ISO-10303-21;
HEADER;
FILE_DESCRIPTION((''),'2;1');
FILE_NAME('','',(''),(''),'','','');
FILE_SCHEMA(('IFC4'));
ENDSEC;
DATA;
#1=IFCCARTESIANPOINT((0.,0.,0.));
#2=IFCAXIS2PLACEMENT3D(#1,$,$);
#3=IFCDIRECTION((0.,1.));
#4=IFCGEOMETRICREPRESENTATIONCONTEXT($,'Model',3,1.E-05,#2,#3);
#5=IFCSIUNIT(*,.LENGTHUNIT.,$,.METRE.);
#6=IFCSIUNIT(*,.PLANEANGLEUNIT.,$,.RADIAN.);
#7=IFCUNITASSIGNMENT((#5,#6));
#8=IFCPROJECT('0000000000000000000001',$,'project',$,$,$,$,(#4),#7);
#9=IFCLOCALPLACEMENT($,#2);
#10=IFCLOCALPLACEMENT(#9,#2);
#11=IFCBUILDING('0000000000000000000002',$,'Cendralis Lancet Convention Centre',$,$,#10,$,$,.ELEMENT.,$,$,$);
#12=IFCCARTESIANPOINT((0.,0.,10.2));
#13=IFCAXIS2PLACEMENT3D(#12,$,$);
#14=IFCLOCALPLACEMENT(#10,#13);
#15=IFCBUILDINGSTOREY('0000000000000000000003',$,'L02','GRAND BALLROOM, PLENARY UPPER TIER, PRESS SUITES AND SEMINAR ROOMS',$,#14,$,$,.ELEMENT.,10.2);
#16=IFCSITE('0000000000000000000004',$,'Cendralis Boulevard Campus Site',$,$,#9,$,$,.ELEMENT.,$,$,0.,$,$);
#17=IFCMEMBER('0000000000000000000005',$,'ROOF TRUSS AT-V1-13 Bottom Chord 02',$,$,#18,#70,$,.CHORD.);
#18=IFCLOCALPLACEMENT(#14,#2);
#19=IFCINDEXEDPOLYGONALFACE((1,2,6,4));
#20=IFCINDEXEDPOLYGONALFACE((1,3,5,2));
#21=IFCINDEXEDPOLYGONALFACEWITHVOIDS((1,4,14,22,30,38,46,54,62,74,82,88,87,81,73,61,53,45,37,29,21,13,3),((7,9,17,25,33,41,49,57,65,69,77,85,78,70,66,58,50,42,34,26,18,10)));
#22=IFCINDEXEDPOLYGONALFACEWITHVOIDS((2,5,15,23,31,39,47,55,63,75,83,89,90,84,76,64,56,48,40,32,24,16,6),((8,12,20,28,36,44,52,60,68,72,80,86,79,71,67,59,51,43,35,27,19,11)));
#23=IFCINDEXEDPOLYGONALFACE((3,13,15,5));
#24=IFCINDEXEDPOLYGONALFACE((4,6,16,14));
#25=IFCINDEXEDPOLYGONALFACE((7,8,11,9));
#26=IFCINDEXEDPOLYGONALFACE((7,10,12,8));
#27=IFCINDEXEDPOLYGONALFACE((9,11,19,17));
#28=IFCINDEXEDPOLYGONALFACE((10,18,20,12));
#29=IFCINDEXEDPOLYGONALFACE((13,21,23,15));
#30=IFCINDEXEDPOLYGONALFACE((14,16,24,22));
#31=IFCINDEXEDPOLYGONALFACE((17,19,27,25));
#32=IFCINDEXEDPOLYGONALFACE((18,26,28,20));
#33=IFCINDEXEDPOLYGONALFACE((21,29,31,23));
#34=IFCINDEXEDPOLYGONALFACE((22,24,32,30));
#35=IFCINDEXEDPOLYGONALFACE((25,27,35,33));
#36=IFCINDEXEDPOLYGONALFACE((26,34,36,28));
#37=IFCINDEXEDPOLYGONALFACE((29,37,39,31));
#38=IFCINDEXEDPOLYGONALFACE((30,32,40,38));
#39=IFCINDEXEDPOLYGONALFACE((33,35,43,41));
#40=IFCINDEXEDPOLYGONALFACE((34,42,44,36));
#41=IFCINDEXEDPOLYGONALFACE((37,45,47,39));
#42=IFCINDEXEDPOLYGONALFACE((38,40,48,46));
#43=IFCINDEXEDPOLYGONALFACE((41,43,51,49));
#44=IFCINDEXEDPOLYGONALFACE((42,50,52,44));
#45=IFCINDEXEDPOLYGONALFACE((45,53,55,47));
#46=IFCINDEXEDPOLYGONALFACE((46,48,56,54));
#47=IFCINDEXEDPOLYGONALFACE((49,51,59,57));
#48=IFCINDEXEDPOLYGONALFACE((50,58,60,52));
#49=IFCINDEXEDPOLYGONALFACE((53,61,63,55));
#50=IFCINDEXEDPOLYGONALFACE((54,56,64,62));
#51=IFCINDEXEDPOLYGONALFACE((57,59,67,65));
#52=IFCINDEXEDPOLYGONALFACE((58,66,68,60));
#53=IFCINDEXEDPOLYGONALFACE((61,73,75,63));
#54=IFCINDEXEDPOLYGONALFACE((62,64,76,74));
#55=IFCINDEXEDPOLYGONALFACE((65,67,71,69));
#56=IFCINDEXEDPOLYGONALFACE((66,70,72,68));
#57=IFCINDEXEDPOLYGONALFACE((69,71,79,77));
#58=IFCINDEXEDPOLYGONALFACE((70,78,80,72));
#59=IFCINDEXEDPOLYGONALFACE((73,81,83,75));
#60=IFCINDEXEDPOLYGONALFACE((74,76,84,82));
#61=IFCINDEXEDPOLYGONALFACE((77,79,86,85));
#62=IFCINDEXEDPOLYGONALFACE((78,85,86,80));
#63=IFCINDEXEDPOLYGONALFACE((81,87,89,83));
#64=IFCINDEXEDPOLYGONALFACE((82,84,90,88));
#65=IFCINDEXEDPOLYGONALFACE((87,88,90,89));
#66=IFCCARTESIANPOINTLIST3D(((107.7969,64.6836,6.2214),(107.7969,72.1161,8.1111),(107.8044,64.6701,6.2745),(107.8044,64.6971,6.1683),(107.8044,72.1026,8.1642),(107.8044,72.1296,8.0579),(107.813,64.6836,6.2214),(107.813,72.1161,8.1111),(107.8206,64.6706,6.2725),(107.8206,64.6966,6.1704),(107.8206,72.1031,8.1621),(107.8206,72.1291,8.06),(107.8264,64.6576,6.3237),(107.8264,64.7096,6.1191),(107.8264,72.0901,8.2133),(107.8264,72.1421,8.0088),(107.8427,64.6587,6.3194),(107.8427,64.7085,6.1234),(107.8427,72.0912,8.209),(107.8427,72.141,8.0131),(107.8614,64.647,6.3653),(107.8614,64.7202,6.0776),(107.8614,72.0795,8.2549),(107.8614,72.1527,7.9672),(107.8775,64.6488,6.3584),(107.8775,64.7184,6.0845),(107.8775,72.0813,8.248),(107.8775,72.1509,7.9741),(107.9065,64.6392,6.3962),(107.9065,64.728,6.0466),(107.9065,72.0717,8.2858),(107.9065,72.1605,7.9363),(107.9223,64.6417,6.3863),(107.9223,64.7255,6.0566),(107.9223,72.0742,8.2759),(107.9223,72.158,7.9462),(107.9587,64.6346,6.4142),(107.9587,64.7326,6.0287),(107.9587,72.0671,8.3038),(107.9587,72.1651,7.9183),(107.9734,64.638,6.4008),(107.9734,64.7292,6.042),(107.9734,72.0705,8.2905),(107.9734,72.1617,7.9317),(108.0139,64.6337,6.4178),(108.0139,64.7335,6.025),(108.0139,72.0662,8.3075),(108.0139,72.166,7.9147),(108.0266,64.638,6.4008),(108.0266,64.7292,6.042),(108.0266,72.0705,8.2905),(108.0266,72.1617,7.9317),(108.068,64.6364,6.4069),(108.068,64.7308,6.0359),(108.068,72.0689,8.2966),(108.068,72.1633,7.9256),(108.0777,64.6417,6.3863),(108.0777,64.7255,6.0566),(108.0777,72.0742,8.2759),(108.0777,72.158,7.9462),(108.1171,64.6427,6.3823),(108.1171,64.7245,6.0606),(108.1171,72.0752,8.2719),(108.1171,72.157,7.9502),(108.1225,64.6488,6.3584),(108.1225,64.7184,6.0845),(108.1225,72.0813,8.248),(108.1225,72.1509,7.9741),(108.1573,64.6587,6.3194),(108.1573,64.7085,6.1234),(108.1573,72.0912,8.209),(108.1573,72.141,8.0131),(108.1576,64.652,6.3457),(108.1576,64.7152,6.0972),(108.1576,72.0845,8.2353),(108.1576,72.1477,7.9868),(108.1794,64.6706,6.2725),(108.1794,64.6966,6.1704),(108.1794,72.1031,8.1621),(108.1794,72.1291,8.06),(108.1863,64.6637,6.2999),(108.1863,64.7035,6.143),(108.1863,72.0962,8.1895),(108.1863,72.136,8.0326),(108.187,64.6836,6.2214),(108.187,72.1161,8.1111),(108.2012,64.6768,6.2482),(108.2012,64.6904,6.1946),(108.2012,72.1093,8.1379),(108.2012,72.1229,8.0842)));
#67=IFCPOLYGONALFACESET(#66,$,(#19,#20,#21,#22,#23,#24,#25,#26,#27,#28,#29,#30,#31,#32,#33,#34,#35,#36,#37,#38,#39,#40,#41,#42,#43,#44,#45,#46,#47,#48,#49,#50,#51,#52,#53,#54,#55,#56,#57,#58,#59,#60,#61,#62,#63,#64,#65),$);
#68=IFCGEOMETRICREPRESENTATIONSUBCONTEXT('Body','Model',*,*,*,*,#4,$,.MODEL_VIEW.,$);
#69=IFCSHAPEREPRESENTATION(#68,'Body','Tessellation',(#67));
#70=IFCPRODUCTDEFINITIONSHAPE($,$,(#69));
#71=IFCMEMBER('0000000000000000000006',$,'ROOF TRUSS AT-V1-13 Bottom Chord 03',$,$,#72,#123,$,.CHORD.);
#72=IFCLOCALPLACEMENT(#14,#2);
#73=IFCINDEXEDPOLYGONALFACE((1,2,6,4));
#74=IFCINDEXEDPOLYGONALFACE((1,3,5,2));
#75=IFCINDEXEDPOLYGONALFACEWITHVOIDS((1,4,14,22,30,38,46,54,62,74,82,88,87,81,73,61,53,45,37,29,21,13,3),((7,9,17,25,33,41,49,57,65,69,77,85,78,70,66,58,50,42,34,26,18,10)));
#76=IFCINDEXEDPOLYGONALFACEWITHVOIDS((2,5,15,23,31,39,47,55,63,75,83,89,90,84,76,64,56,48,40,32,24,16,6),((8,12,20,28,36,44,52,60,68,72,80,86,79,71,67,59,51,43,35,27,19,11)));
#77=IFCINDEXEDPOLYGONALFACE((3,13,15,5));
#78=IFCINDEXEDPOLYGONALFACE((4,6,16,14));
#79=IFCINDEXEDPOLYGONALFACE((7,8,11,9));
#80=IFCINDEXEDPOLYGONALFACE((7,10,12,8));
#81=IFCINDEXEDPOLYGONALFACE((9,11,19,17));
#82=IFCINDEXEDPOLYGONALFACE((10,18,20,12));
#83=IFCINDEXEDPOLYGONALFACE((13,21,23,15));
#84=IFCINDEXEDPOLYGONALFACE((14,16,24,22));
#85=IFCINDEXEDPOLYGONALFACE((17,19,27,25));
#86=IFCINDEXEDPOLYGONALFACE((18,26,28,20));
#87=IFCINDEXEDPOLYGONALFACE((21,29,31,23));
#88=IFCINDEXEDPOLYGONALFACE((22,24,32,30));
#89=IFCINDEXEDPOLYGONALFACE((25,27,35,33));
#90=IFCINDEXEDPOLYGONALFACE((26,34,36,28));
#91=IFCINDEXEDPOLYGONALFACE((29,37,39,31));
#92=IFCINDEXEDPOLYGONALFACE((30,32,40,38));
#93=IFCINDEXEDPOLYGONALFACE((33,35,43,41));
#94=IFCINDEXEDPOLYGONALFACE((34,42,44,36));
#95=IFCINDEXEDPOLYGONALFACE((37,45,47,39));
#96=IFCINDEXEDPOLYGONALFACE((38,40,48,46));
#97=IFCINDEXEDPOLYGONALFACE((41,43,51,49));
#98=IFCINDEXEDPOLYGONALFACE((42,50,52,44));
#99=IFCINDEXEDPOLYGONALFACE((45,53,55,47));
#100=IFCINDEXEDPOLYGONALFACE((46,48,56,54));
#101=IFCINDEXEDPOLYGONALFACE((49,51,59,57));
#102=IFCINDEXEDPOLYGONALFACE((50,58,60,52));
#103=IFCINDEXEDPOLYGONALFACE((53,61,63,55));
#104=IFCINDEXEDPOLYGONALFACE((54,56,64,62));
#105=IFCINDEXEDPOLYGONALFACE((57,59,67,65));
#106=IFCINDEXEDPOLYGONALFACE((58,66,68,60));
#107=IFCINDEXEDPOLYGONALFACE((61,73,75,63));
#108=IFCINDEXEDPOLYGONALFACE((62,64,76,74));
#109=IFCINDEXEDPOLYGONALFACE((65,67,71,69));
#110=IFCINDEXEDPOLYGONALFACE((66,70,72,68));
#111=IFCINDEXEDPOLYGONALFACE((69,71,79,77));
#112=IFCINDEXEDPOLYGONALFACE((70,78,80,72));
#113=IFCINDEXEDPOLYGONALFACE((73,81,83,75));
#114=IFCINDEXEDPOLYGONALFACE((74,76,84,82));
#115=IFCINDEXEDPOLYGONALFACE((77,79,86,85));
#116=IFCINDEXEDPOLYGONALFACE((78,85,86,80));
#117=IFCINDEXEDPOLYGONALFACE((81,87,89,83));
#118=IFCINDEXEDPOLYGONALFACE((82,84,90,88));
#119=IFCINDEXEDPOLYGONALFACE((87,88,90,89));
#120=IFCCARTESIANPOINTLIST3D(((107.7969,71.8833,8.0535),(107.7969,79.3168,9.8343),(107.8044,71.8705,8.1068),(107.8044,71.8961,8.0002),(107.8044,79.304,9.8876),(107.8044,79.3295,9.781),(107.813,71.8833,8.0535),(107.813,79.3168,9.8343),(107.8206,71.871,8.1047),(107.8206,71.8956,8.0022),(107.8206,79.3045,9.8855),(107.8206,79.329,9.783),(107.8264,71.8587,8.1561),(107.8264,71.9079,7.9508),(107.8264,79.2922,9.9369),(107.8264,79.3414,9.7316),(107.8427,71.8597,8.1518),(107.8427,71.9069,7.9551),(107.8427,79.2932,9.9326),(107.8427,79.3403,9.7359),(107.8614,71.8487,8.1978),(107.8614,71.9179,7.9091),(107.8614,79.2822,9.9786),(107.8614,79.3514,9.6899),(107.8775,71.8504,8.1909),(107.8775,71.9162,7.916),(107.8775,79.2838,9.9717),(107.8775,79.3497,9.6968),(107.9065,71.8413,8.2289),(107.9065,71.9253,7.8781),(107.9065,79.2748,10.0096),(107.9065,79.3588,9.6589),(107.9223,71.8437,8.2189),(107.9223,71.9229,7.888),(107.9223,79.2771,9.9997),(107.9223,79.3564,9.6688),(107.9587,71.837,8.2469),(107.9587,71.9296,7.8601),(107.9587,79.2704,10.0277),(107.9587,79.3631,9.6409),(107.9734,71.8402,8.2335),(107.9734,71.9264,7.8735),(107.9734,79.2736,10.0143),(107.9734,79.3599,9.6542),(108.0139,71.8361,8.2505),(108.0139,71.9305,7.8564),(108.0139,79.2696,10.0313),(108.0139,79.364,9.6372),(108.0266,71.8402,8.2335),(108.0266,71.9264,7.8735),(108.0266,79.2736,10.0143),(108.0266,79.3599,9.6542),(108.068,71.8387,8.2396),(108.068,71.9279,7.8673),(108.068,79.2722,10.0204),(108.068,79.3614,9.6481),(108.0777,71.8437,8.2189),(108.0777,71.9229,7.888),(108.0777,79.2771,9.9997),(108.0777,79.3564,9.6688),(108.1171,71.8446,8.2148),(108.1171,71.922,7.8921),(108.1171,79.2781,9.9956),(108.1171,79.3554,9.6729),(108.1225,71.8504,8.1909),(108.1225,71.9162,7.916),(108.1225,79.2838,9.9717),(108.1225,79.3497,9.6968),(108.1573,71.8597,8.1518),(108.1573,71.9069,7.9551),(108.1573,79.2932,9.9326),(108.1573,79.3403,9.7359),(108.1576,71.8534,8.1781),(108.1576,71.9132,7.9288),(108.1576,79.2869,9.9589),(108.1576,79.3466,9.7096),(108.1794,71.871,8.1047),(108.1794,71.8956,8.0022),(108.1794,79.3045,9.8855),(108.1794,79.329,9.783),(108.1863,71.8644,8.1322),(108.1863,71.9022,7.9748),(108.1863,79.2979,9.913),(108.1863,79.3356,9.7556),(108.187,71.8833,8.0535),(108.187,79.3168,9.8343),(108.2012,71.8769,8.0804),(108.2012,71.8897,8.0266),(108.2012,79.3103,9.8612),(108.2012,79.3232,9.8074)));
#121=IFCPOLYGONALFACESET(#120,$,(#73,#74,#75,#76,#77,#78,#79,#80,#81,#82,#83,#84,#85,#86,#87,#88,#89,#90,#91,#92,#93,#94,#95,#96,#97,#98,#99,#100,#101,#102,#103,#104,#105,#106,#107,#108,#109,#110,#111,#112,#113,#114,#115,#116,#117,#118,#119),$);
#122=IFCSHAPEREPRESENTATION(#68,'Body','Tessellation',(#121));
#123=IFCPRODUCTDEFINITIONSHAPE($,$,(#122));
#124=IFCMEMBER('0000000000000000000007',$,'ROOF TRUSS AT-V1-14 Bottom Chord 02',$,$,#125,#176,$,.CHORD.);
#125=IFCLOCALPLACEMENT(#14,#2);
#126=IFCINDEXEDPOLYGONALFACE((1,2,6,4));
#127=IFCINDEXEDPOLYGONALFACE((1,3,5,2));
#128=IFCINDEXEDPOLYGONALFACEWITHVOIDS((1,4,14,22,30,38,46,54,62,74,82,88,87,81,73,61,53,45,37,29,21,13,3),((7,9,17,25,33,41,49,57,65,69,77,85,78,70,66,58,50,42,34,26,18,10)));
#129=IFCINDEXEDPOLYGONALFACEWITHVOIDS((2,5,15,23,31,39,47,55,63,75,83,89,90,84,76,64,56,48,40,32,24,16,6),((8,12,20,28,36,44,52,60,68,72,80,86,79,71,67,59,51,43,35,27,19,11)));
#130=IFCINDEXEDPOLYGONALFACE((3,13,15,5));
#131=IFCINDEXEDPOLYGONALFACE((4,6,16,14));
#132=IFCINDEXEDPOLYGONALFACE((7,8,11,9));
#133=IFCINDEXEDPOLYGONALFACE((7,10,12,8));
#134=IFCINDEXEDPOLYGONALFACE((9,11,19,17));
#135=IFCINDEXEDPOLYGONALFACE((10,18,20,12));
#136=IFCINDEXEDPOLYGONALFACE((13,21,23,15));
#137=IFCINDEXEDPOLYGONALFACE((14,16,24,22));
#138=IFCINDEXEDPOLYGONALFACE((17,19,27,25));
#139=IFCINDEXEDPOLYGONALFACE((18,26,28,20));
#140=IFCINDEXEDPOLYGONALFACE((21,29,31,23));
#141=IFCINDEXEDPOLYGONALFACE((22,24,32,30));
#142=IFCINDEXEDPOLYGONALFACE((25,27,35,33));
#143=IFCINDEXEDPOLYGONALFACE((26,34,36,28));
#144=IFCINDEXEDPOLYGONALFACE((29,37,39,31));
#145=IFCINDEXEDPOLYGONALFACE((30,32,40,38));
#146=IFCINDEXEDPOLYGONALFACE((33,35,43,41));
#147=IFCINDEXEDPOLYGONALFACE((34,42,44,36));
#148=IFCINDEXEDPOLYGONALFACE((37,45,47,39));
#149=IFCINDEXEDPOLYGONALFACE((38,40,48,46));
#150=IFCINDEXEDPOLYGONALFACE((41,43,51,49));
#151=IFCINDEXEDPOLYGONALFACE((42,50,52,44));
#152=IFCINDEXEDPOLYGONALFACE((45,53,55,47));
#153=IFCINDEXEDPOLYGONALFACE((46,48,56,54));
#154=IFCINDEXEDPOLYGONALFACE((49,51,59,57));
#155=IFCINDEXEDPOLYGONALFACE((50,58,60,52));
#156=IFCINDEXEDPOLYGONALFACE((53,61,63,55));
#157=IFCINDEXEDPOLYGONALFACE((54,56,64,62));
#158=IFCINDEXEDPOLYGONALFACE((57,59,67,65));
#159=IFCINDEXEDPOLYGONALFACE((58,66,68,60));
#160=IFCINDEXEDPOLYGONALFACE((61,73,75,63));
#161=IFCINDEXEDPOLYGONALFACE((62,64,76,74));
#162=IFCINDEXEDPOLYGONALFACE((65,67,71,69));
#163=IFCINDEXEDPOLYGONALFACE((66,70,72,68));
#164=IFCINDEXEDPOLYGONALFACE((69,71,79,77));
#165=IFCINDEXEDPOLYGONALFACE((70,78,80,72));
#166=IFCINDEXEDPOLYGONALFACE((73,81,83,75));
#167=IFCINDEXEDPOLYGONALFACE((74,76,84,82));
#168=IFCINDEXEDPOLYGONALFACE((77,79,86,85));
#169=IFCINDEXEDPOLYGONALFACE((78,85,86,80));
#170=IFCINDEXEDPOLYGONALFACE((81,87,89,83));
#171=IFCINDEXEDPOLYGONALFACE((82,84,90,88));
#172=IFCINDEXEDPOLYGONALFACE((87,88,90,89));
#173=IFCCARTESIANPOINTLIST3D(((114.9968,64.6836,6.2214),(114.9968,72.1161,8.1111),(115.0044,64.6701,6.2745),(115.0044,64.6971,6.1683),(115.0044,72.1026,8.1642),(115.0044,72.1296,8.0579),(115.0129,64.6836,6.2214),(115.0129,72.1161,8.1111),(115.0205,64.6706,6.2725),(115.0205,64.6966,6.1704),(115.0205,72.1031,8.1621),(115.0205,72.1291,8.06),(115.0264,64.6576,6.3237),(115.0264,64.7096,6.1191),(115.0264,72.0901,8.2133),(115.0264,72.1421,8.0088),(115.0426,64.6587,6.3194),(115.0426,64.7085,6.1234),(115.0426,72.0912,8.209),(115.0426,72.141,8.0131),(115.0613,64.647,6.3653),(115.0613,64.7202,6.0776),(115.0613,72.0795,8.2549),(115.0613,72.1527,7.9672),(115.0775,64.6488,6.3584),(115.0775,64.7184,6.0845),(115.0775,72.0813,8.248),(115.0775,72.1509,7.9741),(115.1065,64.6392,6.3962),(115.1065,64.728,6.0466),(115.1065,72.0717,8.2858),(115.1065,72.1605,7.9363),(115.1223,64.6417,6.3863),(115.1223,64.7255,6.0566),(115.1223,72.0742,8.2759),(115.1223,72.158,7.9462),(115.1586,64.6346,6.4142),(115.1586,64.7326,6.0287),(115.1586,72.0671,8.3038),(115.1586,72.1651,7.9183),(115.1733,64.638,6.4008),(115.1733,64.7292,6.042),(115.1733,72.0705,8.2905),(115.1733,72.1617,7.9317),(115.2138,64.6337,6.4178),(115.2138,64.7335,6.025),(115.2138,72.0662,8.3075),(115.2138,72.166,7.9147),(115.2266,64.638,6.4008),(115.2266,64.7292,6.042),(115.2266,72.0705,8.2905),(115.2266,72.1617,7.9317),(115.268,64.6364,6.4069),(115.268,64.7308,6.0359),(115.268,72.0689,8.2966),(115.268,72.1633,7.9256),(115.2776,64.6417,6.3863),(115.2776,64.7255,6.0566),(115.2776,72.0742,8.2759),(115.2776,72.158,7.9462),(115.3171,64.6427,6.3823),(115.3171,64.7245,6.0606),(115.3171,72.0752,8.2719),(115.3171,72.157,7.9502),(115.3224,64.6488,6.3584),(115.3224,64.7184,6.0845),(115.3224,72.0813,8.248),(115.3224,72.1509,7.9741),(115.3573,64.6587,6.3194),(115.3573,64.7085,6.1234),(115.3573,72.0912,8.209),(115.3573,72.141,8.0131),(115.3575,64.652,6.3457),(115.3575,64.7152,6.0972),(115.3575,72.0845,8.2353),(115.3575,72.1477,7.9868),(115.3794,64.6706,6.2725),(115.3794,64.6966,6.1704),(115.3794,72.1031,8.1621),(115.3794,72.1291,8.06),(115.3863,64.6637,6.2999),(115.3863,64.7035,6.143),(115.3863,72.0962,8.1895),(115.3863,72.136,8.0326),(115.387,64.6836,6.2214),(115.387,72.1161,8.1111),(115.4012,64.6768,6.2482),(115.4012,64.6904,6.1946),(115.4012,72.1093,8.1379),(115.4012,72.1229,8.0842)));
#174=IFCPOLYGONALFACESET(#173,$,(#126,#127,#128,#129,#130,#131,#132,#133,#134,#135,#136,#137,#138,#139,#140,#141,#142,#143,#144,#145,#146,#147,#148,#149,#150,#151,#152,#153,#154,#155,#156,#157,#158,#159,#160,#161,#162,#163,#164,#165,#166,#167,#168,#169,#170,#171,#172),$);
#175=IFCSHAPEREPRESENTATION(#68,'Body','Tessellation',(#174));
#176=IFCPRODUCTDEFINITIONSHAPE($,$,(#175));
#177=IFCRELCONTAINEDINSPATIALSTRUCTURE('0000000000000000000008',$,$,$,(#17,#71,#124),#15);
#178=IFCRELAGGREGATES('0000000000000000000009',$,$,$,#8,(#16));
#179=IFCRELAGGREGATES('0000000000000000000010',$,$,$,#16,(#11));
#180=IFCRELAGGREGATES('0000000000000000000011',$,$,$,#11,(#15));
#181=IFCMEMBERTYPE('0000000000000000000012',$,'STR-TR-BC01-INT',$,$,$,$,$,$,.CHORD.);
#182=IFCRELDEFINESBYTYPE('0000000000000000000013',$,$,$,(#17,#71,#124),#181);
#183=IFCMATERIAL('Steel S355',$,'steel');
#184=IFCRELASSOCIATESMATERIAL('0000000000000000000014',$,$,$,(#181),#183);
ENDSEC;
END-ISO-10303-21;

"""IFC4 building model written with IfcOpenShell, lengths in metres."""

from ifc_helpers import new_model, si_unit, direction, frame, origin, origin_2d, place, context, subcontext, project, spatial, hollow_circle, extrude, material, material_profile, profile_set, type_object, element, save


model = new_model("IFC4")

# Units and contexts
model_context = context("Model", 3, precision=1e-05, world=origin(), true_north=direction((0.0, 1.0)))
body_context = subcontext(model_context, "Body", "Model", "MODEL_VIEW")
ifc_project = project(units=[si_unit("LENGTHUNIT", "METRE"), si_unit("PLANEANGLEUNIT", "RADIAN")], contexts=[model_context])

# Site, building, storey
site_placement = place(None, origin())
site = spatial("IfcSite", under=ifc_project, at=site_placement, Name="Cendralis Boulevard Campus Site", CompositionType="ELEMENT", RefElevation=0.0)
building_placement = place(site_placement, origin())
building = spatial("IfcBuilding", under=site, at=building_placement, Name="Cendralis Lancet Convention Centre", CompositionType="ELEMENT")
storey_placement = place(building_placement, frame((0.0, 0.0, 10.2)))
storey = spatial("IfcBuildingStorey", under=building, at=storey_placement, Name="L02", Description="GRAND BALLROOM, PLENARY UPPER TIER, PRESS SUITES AND SEMINAR ROOMS", CompositionType="ELEMENT", Elevation=10.2)

# Members
ifc_material = material(Name="Steel S355", Category="steel")
ifc_material_profile_1 = material_profile(ifc_material, hollow_circle(Radius=0.2031, WallThickness=0.0161, at=origin_2d()), Name="CHS 406.4x16.0")
ifc_profile_set_1 = profile_set([ifc_material_profile_1], Name="Steel S355")
member_type_1 = type_object("IfcMemberType", Name="STR-TR-BC01-INT", PredefinedType="CHORD", material=ifc_profile_set_1)
member_1_placement = place(storey_placement, frame((108.0, 64.6836, 6.2214), z_axis=(0.0, 0.969169, 0.246399), x_axis=(-1.0, 0.0, 0.0)))
element("IfcMember", 1, at=member_1_placement, inside=storey, type_object=member_type_1, Name="ROOF TRUSS AT-V1-13 Bottom Chord 02", PredefinedType="CHORD", context=body_context, shape_type="SweptSolid", body=[
    extrude(hollow_circle(Radius=0.2031, WallThickness=0.0161, at=origin_2d()), origin(), (0.0, 0.0, 1.0), 7.6689),
])
member_2_placement = place(storey_placement, frame((108.0, 71.8833, 8.0535), z_axis=(0.0, 0.972483, 0.232972), x_axis=(-1.0, 0.0, 0.0)))
element("IfcMember", 2, at=member_2_placement, inside=storey, type_object=member_type_1, Name="ROOF TRUSS AT-V1-13 Bottom Chord 03", PredefinedType="CHORD", context=body_context, shape_type="SweptSolid", body=[
    extrude(hollow_circle(Radius=0.2031, WallThickness=0.0161, at=origin_2d()), origin(), (0.0, 0.0, 1.0), 7.6438),
])
member_3_placement = place(storey_placement, frame((115.2, 64.6836, 6.2214), z_axis=(0.0, 0.969169, 0.246399), x_axis=(-1.0, 0.0, 0.0)))
element("IfcMember", 3, at=member_3_placement, inside=storey, type_object=member_type_1, Name="ROOF TRUSS AT-V1-14 Bottom Chord 02", PredefinedType="CHORD", context=body_context, shape_type="SweptSolid", body=[
    extrude(hollow_circle(Radius=0.2031, WallThickness=0.0161, at=origin_2d()), origin(), (0.0, 0.0, 1.0), 7.6689),
])

save(model, "model.ifc")
